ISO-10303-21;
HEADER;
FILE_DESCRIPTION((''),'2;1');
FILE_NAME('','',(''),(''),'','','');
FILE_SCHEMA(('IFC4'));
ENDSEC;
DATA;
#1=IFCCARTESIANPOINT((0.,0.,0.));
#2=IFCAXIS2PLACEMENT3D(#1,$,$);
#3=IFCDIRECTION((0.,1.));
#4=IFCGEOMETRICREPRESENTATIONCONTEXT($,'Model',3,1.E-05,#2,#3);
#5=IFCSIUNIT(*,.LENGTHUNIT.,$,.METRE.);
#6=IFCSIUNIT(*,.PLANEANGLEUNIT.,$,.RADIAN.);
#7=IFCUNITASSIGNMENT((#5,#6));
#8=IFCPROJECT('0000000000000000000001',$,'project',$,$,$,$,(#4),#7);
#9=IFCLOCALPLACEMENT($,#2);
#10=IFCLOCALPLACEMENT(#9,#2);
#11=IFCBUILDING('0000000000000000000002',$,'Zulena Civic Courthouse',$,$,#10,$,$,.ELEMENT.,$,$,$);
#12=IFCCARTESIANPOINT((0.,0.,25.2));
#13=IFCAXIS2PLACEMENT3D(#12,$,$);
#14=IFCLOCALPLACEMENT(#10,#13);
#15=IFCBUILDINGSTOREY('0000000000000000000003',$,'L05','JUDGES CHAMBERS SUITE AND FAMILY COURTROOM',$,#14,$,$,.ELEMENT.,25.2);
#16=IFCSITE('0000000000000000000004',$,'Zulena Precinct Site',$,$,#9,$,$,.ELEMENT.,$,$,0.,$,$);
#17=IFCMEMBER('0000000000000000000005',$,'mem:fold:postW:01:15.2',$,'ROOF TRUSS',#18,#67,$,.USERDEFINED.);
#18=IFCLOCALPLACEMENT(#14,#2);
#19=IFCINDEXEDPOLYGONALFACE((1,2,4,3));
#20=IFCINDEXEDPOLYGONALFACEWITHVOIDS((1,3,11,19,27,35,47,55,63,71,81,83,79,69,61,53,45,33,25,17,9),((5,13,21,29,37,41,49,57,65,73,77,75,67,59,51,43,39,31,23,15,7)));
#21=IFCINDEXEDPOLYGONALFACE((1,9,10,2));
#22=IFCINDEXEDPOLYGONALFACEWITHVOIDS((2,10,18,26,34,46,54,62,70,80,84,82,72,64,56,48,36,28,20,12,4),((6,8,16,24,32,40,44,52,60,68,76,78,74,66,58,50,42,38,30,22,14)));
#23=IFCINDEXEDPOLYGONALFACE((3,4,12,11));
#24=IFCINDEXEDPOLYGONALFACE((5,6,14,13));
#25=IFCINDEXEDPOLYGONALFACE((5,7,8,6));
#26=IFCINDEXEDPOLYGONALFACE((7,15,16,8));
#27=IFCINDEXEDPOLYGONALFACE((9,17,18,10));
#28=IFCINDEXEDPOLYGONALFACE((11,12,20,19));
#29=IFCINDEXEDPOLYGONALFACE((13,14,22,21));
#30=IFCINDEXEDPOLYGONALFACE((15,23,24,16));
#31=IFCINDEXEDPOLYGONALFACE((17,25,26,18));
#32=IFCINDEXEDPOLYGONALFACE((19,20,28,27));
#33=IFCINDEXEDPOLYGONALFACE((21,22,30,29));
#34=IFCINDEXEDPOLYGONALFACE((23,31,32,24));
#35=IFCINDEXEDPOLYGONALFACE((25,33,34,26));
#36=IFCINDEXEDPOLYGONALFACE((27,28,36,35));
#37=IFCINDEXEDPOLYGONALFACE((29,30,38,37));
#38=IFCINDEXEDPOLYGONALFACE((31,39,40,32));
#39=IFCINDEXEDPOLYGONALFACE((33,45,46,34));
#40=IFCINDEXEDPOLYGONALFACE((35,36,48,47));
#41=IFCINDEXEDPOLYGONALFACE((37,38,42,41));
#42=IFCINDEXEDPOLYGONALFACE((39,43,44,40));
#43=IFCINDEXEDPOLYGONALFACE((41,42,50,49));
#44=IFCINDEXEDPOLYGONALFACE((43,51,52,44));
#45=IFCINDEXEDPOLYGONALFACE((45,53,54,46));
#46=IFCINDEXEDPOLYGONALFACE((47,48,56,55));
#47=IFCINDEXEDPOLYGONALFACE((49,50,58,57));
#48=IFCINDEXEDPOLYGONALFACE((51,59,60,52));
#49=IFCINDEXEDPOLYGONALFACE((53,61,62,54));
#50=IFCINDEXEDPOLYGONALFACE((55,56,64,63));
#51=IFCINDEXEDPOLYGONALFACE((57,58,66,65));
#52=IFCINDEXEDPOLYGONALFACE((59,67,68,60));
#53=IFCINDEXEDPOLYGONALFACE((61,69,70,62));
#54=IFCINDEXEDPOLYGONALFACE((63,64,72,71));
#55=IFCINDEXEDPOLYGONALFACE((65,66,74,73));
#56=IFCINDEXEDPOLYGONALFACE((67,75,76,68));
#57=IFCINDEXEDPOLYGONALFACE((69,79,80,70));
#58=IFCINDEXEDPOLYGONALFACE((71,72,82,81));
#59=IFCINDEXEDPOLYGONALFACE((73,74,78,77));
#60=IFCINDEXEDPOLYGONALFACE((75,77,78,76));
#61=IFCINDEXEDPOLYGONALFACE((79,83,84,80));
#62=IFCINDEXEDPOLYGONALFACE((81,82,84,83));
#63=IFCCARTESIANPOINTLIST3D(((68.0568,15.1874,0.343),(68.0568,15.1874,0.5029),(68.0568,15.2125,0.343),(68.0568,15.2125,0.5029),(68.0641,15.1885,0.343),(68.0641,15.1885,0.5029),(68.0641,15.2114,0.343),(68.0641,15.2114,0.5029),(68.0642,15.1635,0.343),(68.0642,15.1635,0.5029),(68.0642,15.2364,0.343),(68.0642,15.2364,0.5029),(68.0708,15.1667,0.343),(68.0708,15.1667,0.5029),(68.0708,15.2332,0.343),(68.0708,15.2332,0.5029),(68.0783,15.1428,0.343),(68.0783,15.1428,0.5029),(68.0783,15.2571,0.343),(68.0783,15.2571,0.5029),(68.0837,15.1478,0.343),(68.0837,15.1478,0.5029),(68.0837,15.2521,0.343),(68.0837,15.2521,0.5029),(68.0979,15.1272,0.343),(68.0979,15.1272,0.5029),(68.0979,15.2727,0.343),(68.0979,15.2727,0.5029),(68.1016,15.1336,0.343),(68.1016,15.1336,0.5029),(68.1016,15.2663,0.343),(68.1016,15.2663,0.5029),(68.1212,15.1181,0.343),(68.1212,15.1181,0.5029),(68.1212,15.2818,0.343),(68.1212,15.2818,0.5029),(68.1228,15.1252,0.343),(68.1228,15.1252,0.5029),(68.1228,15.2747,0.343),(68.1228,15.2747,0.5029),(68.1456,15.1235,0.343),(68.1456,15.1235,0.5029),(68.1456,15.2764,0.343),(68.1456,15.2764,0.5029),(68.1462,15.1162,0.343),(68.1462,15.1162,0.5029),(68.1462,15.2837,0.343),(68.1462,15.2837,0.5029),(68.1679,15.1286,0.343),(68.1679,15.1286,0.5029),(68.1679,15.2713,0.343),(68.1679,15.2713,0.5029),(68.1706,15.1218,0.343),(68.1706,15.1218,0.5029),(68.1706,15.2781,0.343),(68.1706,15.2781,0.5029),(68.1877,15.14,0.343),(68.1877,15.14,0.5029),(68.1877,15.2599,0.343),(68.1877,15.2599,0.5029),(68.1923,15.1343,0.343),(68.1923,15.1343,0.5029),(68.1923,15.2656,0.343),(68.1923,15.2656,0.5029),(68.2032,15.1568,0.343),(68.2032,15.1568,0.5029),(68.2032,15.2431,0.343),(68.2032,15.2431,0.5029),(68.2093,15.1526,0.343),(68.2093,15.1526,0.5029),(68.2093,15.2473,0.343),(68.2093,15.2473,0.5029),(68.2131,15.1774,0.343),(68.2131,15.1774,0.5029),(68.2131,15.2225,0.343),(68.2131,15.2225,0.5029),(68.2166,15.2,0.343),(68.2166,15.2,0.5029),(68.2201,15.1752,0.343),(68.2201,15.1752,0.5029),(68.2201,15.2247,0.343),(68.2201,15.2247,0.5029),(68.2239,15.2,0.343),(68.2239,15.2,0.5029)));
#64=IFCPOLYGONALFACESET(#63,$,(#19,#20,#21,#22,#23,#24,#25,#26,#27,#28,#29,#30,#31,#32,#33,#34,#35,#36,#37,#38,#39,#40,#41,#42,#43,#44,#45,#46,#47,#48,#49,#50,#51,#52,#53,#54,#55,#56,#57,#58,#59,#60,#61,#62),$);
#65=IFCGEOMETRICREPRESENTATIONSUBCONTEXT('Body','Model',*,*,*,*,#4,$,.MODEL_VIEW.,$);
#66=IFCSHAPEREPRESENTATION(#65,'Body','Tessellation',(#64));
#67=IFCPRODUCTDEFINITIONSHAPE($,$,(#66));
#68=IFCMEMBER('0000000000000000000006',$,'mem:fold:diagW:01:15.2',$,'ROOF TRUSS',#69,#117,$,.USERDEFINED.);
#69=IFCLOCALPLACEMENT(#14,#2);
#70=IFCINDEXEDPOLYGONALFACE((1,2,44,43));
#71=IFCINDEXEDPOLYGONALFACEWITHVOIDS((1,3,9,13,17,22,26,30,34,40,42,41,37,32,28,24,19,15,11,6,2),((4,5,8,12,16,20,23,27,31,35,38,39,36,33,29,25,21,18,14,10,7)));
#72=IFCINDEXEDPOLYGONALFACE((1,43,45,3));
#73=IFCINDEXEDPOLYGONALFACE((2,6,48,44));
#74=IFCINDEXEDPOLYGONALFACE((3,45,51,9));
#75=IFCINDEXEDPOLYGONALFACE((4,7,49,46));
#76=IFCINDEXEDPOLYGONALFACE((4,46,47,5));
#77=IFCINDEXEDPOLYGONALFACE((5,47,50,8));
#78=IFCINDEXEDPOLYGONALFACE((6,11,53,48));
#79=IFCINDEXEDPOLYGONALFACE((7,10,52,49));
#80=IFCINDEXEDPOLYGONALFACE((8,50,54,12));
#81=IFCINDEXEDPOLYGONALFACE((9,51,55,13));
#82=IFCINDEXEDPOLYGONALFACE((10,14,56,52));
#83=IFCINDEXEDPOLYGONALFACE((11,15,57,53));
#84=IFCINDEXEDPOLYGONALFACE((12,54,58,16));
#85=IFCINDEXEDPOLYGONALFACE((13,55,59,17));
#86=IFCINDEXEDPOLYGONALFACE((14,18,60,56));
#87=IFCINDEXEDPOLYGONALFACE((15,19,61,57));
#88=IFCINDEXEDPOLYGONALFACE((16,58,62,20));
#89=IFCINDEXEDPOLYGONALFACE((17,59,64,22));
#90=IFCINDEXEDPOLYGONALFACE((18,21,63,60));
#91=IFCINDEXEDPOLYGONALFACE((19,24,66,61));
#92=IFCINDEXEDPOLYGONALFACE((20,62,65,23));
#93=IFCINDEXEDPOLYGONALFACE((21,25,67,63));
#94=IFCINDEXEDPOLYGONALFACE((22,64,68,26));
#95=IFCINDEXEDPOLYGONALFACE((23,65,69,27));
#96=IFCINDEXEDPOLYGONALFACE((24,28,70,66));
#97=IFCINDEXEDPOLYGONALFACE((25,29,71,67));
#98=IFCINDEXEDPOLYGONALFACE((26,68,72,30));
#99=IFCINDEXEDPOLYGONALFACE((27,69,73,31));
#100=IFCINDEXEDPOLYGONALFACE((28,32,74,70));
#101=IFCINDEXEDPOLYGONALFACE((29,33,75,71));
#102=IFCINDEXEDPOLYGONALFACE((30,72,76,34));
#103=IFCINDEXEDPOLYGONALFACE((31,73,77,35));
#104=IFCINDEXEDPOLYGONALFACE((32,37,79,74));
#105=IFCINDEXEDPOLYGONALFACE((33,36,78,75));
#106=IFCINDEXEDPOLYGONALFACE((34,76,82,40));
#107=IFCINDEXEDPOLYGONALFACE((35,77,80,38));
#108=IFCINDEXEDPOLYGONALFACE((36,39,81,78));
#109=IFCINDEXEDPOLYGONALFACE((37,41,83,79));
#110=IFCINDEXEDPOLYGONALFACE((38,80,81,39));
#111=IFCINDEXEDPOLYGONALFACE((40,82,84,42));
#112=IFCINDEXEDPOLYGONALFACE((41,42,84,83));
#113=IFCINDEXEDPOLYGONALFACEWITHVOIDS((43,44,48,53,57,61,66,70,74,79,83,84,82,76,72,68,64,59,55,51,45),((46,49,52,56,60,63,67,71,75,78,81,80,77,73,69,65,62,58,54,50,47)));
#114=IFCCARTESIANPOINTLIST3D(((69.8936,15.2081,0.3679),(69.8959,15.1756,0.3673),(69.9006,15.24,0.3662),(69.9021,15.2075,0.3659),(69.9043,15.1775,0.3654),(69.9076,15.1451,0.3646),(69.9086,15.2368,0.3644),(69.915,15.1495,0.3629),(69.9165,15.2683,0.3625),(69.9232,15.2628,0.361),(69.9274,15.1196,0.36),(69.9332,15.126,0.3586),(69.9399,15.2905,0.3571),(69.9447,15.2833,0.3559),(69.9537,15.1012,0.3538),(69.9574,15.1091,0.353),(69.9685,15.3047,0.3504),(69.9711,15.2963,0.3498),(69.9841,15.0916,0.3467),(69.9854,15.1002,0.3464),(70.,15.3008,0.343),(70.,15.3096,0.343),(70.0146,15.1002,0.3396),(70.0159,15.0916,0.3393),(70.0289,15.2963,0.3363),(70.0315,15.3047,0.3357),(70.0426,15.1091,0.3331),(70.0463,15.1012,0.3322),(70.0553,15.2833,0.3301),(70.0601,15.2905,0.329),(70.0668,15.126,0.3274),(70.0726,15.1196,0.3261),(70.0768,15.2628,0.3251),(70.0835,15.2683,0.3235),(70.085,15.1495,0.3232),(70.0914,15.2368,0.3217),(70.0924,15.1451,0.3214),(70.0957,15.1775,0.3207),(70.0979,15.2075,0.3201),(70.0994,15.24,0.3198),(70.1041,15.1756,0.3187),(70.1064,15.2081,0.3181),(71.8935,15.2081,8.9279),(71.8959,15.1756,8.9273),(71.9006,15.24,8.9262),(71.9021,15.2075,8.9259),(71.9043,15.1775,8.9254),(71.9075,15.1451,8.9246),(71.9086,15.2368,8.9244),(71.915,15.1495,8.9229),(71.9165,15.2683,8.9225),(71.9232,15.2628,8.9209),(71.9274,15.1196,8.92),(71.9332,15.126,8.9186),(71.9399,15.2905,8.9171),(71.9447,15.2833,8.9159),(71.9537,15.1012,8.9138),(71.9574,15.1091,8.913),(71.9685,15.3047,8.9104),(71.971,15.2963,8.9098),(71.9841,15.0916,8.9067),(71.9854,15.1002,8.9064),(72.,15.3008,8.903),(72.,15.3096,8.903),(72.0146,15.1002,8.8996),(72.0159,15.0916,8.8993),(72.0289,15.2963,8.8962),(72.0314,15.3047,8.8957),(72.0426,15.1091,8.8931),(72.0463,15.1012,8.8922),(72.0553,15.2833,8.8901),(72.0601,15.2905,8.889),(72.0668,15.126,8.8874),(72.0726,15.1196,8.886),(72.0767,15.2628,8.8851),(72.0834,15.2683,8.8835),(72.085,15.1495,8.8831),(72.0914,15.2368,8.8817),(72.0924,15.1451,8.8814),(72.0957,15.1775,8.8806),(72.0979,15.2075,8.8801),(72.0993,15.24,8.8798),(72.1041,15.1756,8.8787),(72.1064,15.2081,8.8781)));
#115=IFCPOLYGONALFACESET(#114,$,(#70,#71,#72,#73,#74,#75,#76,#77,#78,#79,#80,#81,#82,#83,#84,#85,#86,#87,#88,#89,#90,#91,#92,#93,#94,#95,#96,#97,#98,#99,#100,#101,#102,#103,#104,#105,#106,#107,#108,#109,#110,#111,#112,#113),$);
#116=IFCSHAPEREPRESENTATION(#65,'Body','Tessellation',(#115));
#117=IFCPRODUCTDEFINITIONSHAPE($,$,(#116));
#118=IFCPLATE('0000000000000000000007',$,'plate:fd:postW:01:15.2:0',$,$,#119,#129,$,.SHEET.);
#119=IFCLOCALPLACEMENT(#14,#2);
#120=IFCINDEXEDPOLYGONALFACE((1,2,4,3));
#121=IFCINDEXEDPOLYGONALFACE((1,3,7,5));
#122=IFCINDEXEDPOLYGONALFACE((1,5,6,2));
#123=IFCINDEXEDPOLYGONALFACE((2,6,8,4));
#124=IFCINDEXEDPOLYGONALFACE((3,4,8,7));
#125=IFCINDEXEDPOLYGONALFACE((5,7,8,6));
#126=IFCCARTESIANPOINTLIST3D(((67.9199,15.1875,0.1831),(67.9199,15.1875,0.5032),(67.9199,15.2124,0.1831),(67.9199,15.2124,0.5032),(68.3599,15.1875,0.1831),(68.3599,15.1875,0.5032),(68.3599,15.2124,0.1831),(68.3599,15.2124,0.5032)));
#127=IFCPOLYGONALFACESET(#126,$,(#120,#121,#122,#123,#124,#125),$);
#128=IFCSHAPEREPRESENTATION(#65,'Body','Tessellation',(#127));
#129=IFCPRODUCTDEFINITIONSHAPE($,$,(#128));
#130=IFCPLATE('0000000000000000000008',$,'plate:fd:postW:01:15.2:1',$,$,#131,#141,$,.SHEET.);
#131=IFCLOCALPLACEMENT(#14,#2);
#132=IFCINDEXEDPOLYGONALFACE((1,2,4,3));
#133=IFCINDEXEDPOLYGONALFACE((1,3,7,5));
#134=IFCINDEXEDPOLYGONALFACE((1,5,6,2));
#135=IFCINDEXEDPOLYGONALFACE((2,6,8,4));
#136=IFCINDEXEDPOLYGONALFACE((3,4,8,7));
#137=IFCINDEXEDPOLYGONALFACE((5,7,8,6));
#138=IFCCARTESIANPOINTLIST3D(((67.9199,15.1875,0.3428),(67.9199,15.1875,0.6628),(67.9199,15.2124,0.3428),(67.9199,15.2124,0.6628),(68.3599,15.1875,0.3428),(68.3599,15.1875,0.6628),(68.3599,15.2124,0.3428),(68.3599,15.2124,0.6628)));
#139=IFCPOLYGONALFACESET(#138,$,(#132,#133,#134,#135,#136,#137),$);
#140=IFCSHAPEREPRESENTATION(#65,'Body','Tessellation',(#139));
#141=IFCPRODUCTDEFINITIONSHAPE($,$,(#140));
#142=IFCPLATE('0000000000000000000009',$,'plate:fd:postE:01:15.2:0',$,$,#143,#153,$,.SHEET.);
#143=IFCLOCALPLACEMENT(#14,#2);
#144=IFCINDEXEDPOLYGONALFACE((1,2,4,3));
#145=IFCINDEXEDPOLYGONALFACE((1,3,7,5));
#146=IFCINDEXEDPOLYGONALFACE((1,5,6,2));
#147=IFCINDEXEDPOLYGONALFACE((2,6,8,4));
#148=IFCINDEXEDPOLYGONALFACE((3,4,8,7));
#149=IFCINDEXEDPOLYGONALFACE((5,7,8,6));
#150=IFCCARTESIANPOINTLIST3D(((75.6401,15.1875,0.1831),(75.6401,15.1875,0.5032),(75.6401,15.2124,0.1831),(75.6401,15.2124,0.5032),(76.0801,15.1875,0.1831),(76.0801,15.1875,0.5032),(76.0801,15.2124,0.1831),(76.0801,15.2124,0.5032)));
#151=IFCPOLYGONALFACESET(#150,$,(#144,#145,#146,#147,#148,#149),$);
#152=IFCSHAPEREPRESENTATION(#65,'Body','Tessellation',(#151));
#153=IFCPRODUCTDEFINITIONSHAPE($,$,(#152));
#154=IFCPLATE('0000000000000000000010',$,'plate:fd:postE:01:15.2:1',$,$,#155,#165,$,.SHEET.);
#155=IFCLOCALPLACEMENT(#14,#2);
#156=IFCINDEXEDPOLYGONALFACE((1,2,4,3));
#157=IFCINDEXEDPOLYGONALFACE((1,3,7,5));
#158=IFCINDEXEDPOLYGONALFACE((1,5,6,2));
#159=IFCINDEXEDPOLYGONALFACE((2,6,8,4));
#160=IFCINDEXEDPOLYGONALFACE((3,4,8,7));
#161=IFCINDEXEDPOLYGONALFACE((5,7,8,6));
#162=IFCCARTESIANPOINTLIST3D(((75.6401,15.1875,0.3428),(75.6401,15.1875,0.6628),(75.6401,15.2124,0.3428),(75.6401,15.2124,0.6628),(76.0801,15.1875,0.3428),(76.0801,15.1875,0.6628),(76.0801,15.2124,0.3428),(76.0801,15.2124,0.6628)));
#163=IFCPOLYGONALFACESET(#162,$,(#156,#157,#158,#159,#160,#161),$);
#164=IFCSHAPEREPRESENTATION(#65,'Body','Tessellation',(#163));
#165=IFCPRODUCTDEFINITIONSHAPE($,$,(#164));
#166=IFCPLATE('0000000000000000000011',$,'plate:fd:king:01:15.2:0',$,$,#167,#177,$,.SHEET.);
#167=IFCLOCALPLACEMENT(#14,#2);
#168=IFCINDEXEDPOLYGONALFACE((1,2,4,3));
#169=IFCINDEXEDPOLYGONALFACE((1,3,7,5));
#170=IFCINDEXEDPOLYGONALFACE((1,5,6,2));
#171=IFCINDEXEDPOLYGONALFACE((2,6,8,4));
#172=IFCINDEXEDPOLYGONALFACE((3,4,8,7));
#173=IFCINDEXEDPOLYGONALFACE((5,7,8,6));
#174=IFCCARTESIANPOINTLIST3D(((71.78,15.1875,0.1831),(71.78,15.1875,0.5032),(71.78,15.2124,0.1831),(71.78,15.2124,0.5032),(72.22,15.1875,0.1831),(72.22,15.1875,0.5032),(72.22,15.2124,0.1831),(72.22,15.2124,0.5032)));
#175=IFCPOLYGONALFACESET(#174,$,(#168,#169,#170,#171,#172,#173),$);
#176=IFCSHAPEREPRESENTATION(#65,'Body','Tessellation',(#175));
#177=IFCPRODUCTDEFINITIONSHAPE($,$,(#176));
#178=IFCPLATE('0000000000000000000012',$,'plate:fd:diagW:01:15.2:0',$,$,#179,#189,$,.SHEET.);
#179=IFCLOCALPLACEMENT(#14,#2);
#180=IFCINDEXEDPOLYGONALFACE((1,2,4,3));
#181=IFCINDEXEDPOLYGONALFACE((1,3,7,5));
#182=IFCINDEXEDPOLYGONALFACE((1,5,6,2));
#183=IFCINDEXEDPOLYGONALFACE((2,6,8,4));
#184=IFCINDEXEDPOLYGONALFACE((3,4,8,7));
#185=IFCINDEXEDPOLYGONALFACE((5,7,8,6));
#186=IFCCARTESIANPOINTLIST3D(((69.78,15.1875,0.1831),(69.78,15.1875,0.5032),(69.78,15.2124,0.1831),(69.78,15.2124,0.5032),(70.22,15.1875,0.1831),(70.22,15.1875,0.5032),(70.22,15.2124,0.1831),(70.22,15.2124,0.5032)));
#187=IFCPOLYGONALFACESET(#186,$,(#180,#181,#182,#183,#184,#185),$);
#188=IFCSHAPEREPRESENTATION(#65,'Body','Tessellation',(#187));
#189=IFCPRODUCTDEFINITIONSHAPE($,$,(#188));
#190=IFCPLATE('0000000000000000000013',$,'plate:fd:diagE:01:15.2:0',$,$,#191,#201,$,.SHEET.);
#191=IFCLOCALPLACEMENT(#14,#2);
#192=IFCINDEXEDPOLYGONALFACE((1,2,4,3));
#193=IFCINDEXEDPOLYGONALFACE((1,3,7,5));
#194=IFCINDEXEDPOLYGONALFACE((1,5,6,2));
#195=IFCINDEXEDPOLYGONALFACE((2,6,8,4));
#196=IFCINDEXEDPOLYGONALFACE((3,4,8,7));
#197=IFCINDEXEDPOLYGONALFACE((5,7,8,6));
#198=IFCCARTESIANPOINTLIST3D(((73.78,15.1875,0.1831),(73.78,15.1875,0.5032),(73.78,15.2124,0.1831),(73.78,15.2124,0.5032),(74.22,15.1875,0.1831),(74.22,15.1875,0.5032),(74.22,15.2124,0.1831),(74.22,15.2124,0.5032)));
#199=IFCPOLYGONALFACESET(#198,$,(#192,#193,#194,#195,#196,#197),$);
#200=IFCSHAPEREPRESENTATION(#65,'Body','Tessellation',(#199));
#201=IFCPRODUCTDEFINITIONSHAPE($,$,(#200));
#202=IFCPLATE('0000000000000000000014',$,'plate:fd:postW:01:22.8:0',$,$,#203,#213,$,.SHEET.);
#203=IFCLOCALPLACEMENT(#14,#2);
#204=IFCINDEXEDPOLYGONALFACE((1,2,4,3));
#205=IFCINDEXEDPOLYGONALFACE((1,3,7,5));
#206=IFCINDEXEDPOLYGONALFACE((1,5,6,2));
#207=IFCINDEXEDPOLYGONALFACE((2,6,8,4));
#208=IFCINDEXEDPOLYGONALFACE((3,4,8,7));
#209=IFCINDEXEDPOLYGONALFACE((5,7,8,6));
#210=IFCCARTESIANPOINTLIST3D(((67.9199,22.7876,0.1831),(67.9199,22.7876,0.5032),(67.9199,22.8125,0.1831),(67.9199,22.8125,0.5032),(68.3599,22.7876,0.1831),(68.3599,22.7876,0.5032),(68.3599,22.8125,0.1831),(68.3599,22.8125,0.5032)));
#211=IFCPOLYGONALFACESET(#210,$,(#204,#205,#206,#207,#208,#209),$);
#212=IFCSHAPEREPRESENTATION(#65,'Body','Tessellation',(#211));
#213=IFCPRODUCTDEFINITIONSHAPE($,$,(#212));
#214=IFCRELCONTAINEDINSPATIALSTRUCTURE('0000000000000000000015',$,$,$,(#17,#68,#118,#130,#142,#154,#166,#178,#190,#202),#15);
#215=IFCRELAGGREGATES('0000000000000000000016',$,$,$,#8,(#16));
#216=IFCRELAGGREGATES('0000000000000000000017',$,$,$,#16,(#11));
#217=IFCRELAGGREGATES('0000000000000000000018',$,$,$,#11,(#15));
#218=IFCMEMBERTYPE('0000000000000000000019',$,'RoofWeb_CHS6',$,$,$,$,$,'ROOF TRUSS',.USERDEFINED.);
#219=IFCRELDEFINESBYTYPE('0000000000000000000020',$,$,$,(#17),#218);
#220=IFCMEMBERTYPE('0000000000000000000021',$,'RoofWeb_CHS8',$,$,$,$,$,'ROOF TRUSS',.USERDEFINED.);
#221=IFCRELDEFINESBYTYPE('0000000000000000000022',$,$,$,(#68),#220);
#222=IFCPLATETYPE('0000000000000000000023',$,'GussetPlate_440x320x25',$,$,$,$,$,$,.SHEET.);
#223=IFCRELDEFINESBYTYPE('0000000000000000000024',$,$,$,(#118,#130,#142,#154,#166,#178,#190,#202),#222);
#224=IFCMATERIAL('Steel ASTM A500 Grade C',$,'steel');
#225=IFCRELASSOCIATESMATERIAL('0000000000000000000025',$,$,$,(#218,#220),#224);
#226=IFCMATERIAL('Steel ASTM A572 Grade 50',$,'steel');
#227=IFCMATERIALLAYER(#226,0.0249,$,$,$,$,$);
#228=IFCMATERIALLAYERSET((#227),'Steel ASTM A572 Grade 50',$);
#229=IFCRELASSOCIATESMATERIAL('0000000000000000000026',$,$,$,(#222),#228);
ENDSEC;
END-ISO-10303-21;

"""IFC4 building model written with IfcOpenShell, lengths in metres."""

from ifc_helpers import new_model, si_unit, direction, frame, origin, origin_2d, place, context, subcontext, project, spatial, rectangle, hollow_circle, extrude, material, layer, layer_set, material_profile, profile_set, type_object, element, save


model = new_model("IFC4")

# Units and contexts
model_context = context("Model", 3, precision=1e-05, world=origin(), true_north=direction((0.0, 1.0)))
body_context = subcontext(model_context, "Body", "Model", "MODEL_VIEW")
ifc_project = project(units=[si_unit("LENGTHUNIT", "METRE"), si_unit("PLANEANGLEUNIT", "RADIAN")], contexts=[model_context])

# Site, building, storey
site_placement = place(None, origin())
site = spatial("IfcSite", under=ifc_project, at=site_placement, Name="Zulena Precinct Site", CompositionType="ELEMENT", RefElevation=0.0)
building_placement = place(site_placement, origin())
building = spatial("IfcBuilding", under=site, at=building_placement, Name="Zulena Civic Courthouse", CompositionType="ELEMENT")
storey_placement = place(building_placement, frame((0.0, 0.0, 25.2)))
storey = spatial("IfcBuildingStorey", under=building, at=storey_placement, Name="L05", Description="JUDGES CHAMBERS SUITE AND FAMILY COURTROOM", CompositionType="ELEMENT", Elevation=25.2)

# Members
ifc_material_1 = material(Name="Steel ASTM A500 Grade C", Category="steel")
ifc_material_profile_1 = material_profile(ifc_material_1, hollow_circle(Radius=0.084, WallThickness=0.0073, at=origin_2d()), Name="HSS6.625X0.312")
ifc_profile_set_1 = profile_set([ifc_material_profile_1], Name="Steel ASTM A500 Grade C")
member_type_1 = type_object("IfcMemberType", Name="RoofWeb_CHS6", ElementType="ROOF TRUSS", PredefinedType="USERDEFINED", material=ifc_profile_set_1)
member_1_placement = place(storey_placement, frame((68.1399, 15.2, 0.343), z_axis=(0.0, 0.0, 1.0), x_axis=(1.0, 0.0, 0.0)))
element("IfcMember", 1, at=member_1_placement, inside=storey, type_object=member_type_1, Name="mem:fold:postW:01:15.2", ObjectType="ROOF TRUSS", PredefinedType="USERDEFINED", context=body_context, shape_type="SweptSolid", body=[
    extrude(hollow_circle(Radius=0.084, WallThickness=0.0073, at=origin_2d()), origin(), (0.0, 0.0, 1.0), 0.1599),
])
ifc_material_profile_2 = material_profile(ifc_material_1, hollow_circle(Radius=0.1096, WallThickness=0.0088, at=origin_2d()), Name="HSS8.625X0.375")
ifc_profile_set_2 = profile_set([ifc_material_profile_2], Name="Steel ASTM A500 Grade C")
member_type_2 = type_object("IfcMemberType", Name="RoofWeb_CHS8", ElementType="ROOF TRUSS", PredefinedType="USERDEFINED", material=ifc_profile_set_2)
member_2_placement = place(storey_placement, frame((70.0, 15.2, 0.343), z_axis=(0.227516, 0.0, 0.973774), x_axis=(0.0, 1.0, 0.0)))
element("IfcMember", 2, at=member_2_placement, inside=storey, type_object=member_type_2, Name="mem:fold:diagW:01:15.2", ObjectType="ROOF TRUSS", PredefinedType="USERDEFINED", context=body_context, shape_type="SweptSolid", body=[
    extrude(hollow_circle(Radius=0.1096, WallThickness=0.0088, at=origin_2d()), origin(), (0.0, 0.0, 1.0), 8.7905),
])

# Plates
ifc_material_2 = material(Name="Steel ASTM A572 Grade 50", Category="steel")
ifc_layer = layer(ifc_material_2, 0.0249)
ifc_layer_set = layer_set([ifc_layer], Name="Steel ASTM A572 Grade 50")
plate_type = type_object("IfcPlateType", Name="GussetPlate_440x320x25", PredefinedType="SHEET", material=ifc_layer_set)
for number, where, z_axis, x_axis, name in (
    (3, (68.1399, 15.2, 0.1831), (0.0, 0.0, 1.0), (1.0, 0.0, 0.0), "plate:fd:postW:01:15.2:0"),
    (4, (68.1399, 15.2, 0.3428), (0.0, 0.0, 1.0), (1.0, 0.0, 0.0), "plate:fd:postW:01:15.2:1"),
    (5, (75.8601, 15.2, 0.1831), (0.0, 0.0, 1.0), (1.0, 0.0, 0.0), "plate:fd:postE:01:15.2:0"),
    (6, (75.8601, 15.2, 0.3428), (0.0, 0.0, 1.0), (1.0, 0.0, 0.0), "plate:fd:postE:01:15.2:1"),
    (7, (72.0, 15.2, 0.1831), (0.0, 0.0, 1.0), (1.0, 0.0, 0.0), "plate:fd:king:01:15.2:0"),
    (8, (70.0, 15.2, 0.1831), (0.0, 0.0, 1.0), (1.0, 0.0, 0.0), "plate:fd:diagW:01:15.2:0"),
    (9, (74.0, 15.2, 0.1831), (0.0, 0.0, 1.0), (1.0, 0.0, 0.0), "plate:fd:diagE:01:15.2:0"),
    (10, (68.1399, 22.8, 0.1831), (0.0, 0.0, 1.0), (1.0, 0.0, 0.0), "plate:fd:postW:01:22.8:0"),
):
    element("IfcPlate", number, at=place(storey_placement, frame(where, z_axis=z_axis, x_axis=x_axis)), inside=storey, type_object=plate_type, Name=name, PredefinedType="SHEET", context=body_context, shape_type="SweptSolid", body=[
        extrude(rectangle(XDim=0.4399, YDim=0.0249, at=origin_2d()), origin(), (0.0, 0.0, 1.0), 0.3201),
    ])

save(model, "model.ifc")
